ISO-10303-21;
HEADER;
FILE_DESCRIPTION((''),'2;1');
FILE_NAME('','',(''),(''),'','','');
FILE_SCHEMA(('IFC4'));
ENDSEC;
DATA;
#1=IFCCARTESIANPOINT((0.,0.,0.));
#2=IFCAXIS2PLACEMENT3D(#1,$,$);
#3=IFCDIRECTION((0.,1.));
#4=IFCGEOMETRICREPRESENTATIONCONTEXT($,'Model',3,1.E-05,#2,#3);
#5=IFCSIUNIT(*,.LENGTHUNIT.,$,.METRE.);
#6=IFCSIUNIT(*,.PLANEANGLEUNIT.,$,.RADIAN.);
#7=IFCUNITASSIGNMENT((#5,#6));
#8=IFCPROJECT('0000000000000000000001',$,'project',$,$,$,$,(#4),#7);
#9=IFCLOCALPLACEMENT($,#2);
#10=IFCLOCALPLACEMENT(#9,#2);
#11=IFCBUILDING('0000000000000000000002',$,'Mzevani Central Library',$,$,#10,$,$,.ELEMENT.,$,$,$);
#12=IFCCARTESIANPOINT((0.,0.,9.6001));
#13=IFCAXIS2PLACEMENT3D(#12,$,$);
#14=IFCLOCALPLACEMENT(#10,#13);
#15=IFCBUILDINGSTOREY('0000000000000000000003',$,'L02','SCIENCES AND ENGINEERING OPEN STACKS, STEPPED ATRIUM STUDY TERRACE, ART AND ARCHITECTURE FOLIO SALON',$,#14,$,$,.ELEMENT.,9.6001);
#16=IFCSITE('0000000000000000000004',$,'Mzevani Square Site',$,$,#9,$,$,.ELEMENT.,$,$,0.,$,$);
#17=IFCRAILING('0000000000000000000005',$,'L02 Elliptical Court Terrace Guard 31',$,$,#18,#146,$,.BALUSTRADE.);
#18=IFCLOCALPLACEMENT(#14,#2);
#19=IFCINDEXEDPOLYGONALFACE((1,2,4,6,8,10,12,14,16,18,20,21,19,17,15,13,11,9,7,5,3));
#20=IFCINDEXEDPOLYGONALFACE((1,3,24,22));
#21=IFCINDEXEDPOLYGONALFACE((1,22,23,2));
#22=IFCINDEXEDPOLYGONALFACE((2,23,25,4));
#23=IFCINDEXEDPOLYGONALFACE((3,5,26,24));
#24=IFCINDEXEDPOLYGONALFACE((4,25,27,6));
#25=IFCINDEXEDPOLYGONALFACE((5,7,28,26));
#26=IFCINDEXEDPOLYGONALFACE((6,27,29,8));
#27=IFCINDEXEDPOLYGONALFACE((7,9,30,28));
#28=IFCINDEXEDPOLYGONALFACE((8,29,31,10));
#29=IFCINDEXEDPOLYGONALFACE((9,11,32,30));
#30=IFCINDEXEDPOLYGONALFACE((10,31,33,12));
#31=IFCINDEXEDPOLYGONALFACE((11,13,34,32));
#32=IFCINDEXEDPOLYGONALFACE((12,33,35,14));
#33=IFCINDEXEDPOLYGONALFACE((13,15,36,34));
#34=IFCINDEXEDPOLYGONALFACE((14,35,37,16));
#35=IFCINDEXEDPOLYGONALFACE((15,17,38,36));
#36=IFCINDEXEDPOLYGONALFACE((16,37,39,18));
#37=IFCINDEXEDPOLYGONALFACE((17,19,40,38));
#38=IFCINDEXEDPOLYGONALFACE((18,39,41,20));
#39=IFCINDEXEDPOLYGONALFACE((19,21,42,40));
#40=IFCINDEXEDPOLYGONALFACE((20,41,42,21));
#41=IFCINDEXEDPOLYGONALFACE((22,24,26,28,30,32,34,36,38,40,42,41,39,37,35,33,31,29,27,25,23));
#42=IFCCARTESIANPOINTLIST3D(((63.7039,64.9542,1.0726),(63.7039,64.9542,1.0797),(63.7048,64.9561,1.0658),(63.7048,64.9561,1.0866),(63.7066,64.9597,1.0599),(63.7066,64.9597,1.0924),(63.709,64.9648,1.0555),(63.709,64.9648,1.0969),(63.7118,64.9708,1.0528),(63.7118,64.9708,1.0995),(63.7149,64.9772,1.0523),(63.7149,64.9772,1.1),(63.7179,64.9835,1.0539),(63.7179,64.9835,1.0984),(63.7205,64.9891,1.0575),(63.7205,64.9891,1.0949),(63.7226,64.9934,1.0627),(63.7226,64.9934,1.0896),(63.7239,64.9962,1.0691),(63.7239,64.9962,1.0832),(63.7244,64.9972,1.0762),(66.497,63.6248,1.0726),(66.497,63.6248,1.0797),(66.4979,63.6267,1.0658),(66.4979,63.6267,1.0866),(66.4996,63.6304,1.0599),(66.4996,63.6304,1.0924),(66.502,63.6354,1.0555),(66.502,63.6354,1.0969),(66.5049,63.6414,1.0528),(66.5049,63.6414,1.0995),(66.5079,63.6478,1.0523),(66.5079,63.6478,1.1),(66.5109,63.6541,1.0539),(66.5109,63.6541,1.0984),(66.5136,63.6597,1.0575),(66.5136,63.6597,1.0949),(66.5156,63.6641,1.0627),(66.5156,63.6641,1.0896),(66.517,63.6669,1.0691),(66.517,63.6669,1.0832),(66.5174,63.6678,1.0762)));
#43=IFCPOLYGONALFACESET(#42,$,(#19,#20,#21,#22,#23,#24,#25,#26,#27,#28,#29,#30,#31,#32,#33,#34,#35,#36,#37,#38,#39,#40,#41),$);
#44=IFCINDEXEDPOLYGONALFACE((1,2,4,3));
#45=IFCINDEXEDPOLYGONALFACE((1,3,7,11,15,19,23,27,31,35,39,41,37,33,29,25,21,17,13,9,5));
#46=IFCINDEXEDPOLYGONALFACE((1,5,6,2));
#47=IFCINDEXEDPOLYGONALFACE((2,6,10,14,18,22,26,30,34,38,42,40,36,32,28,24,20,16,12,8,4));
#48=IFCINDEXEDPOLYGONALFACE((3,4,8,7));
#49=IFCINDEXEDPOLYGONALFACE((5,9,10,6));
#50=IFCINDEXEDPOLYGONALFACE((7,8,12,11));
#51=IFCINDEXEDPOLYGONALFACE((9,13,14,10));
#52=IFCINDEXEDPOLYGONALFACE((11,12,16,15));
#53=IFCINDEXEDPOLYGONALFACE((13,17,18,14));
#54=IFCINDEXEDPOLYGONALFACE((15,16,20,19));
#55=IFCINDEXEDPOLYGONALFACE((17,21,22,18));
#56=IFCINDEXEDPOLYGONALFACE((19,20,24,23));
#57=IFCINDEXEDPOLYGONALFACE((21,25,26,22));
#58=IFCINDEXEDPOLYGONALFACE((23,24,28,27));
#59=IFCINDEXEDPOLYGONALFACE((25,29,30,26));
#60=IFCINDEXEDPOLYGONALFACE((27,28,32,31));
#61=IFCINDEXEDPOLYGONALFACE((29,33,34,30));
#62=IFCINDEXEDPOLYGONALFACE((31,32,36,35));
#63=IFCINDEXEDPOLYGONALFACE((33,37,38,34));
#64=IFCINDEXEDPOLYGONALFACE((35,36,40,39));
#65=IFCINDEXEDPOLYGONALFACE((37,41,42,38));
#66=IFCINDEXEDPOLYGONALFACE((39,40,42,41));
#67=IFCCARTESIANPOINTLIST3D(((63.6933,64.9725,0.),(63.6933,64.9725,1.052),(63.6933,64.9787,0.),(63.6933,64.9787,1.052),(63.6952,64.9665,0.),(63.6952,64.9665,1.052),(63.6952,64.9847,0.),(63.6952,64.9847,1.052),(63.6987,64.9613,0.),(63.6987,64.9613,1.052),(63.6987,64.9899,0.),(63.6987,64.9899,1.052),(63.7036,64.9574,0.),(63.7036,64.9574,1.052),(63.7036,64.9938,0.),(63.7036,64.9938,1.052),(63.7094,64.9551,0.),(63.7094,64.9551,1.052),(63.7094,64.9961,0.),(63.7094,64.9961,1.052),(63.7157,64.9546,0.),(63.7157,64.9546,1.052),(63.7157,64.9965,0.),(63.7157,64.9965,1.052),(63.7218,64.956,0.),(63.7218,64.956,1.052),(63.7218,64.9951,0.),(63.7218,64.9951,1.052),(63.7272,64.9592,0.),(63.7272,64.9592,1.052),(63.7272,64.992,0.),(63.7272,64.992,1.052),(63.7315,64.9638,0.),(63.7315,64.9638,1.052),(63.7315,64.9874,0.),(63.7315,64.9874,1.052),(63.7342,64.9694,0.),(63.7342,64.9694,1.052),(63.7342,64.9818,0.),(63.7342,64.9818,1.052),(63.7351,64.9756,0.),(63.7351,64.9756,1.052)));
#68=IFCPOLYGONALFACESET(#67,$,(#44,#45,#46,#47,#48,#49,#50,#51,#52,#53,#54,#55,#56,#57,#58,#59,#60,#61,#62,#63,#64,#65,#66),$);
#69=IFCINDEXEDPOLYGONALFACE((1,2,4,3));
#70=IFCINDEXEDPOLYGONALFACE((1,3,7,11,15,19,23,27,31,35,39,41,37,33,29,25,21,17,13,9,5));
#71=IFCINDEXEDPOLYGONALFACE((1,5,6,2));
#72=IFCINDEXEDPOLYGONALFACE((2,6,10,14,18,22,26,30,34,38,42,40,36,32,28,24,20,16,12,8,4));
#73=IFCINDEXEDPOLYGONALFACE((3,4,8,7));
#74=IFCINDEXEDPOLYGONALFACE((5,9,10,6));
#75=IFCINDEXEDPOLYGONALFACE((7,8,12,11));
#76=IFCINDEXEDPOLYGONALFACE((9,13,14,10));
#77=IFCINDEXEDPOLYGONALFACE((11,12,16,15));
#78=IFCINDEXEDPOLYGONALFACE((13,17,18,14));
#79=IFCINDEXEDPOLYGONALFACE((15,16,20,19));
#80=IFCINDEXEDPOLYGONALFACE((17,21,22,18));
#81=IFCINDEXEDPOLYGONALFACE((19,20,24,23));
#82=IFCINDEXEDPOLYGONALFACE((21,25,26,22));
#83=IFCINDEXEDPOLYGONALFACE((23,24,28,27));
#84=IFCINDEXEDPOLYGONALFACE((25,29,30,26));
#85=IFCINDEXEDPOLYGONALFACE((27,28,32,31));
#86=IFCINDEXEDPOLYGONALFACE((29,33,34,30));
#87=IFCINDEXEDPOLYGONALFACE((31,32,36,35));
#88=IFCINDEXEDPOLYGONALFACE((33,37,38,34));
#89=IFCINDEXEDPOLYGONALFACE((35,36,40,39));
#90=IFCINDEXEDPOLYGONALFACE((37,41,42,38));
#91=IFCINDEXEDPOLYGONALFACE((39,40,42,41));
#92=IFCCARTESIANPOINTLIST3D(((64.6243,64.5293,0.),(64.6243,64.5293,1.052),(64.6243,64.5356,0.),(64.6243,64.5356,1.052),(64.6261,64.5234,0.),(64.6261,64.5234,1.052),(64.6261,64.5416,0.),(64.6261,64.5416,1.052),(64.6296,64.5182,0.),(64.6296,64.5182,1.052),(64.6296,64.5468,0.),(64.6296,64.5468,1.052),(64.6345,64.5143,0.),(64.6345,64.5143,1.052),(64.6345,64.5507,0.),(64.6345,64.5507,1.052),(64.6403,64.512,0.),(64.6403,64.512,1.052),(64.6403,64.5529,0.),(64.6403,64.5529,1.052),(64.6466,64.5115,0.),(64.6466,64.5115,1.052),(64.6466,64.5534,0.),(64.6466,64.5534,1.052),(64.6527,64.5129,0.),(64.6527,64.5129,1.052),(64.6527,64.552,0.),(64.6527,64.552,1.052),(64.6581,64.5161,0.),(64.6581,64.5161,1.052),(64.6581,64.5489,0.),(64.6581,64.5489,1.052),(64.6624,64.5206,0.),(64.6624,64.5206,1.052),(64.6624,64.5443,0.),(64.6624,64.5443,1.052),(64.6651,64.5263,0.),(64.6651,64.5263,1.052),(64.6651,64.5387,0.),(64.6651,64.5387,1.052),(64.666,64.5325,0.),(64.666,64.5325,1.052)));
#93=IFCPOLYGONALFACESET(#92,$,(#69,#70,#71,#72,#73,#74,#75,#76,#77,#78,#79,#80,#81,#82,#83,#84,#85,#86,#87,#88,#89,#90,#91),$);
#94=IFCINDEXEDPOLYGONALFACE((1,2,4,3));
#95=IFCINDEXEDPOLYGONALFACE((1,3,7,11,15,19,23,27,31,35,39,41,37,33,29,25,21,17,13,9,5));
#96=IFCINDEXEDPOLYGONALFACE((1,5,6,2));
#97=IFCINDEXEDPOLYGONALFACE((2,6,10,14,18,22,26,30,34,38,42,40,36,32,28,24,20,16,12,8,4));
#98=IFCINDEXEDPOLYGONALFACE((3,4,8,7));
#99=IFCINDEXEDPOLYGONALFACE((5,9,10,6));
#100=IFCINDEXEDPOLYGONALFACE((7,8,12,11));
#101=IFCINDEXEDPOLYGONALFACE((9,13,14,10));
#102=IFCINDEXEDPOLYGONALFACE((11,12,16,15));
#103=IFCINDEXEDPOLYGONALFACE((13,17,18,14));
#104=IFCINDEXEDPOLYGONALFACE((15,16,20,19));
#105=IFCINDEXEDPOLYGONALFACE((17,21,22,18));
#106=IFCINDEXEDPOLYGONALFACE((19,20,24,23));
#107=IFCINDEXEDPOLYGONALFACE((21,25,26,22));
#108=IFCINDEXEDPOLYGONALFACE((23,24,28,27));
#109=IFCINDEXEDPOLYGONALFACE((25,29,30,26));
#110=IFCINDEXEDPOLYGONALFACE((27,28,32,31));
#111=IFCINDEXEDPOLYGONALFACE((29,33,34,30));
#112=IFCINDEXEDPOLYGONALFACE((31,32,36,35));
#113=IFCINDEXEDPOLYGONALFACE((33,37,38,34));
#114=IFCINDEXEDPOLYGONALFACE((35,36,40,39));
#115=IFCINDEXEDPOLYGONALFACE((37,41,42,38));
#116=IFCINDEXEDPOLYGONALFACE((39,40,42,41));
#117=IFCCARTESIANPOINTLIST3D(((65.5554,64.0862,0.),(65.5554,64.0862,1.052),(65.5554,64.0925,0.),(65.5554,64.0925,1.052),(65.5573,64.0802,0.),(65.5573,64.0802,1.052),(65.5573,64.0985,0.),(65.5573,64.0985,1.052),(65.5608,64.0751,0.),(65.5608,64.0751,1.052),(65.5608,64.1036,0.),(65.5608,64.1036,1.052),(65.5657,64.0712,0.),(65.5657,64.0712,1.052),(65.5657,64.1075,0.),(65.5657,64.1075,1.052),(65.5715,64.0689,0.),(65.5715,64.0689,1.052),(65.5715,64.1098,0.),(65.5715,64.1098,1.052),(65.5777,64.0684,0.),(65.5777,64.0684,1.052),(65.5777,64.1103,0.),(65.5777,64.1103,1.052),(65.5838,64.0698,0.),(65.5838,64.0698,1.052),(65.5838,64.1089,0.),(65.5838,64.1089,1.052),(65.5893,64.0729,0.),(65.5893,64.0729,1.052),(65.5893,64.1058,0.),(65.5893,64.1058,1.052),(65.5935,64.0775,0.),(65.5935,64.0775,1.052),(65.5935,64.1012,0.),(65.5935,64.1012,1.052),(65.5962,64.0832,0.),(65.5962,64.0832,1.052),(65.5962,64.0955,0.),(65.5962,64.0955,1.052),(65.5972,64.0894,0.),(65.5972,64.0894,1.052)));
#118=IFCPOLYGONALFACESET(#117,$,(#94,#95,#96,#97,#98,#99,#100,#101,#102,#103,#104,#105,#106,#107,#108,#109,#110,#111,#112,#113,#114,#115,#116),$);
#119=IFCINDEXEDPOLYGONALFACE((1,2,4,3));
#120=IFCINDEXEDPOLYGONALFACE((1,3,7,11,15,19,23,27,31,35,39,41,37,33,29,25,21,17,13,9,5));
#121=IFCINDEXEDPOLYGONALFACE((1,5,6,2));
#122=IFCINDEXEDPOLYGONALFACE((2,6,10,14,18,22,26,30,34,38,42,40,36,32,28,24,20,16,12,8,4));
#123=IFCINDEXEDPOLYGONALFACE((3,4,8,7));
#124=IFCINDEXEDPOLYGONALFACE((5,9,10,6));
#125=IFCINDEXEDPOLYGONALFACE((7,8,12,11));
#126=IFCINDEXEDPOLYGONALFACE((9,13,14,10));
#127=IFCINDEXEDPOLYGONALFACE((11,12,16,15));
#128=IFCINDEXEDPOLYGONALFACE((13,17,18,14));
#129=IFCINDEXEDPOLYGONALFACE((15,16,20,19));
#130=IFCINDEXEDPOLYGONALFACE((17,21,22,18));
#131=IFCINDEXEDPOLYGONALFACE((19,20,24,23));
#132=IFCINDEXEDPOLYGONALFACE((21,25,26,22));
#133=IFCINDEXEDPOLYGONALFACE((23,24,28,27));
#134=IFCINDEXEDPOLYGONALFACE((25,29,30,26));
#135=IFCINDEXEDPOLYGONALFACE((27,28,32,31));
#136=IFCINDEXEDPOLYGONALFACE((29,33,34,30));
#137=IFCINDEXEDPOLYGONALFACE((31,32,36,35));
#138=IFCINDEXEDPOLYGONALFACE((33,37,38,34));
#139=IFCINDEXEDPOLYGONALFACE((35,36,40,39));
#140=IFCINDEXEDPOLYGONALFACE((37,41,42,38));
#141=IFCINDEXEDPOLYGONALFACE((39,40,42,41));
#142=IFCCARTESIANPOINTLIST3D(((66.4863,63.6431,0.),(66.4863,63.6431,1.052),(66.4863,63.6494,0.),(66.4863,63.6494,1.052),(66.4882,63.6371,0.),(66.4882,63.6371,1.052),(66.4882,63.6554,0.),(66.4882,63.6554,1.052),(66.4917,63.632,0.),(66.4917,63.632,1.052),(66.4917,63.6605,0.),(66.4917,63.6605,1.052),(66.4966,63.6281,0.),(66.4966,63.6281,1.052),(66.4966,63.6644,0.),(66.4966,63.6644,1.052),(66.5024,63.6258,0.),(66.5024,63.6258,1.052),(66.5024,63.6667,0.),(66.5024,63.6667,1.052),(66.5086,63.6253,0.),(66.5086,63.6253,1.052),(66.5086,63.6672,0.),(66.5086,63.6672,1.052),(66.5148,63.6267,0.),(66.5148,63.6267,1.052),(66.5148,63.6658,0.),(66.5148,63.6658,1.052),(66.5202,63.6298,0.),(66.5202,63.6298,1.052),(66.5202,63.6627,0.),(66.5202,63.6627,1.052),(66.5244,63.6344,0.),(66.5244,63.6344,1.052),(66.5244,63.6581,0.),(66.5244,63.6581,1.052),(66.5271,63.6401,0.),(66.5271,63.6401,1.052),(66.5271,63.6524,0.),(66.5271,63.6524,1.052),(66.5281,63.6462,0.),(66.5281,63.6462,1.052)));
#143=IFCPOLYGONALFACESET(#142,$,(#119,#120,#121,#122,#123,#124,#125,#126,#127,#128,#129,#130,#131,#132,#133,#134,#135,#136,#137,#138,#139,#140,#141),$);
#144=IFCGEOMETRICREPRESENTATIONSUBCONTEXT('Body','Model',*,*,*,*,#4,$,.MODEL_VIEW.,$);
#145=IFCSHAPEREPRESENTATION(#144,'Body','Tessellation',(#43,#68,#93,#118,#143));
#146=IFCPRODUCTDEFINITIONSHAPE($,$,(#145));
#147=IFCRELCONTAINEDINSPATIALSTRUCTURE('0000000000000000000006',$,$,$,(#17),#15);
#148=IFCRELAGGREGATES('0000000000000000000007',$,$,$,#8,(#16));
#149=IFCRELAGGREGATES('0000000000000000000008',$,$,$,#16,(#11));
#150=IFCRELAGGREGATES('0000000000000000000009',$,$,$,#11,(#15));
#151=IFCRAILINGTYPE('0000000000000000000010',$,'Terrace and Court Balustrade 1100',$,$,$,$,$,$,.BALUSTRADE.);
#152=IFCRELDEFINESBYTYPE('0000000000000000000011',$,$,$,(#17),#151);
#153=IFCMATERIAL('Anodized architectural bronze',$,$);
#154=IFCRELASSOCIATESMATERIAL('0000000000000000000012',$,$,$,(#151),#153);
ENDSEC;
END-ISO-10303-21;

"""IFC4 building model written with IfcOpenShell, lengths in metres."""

from ifc_helpers import new_model, si_unit, direction, frame, origin, origin_2d, place, context, subcontext, project, spatial, circle, extrude, material, type_object, element, save


model = new_model("IFC4")

# Units and contexts
model_context = context("Model", 3, precision=1e-05, world=origin(), true_north=direction((0.0, 1.0)))
body_context = subcontext(model_context, "Body", "Model", "MODEL_VIEW")
ifc_project = project(units=[si_unit("LENGTHUNIT", "METRE"), si_unit("PLANEANGLEUNIT", "RADIAN")], contexts=[model_context])

# Site, building, storey
site_placement = place(None, origin())
site = spatial("IfcSite", under=ifc_project, at=site_placement, Name="Mzevani Square Site", CompositionType="ELEMENT", RefElevation=0.0)
building_placement = place(site_placement, origin())
building = spatial("IfcBuilding", under=site, at=building_placement, Name="Mzevani Central Library", CompositionType="ELEMENT")
storey_placement = place(building_placement, frame((0.0, 0.0, 9.6001)))
storey = spatial("IfcBuildingStorey", under=building, at=storey_placement, Name="L02", Description="SCIENCES AND ENGINEERING OPEN STACKS, STEPPED ATRIUM STUDY TERRACE, ART AND ARCHITECTURE FOLIO SALON", CompositionType="ELEMENT", Elevation=9.6001)

# Railing
ifc_material_1 = material(Name="Anodized architectural bronze")
railing_type = type_object("IfcRailingType", Name="Terrace and Court Balustrade 1100", PredefinedType="BALUSTRADE", material=ifc_material_1)
railing_1_placement = place(storey_placement, frame((63.7141, 64.9756, 0.0)))
element("IfcRailing", 1, at=railing_1_placement, inside=storey, type_object=railing_type, Name="L02 Elliptical Court Terrace Guard 31", PredefinedType="BALUSTRADE", context=body_context, shape_type="SweptSolid", body=[
    extrude(circle(Radius=0.0239, at=origin_2d()), frame((0.0, 0.0, 1.0762), z_axis=(0.902941, -0.429765, 0.0), x_axis=(0.429765, 0.902941, 0.0)), (0.0, 0.0, 1.0), 3.0933),
    extrude(circle(Radius=0.021, at=origin_2d()), origin(), (0.0, 0.0, 1.0), 1.052),
    extrude(circle(Radius=0.021, at=origin_2d()), frame((0.9309, -0.4431, 0.0)), (0.0, 0.0, 1.0), 1.052),
    extrude(circle(Radius=0.021, at=origin_2d()), frame((1.8621, -0.8862, 0.0)), (0.0, 0.0, 1.0), 1.052),
    extrude(circle(Radius=0.021, at=origin_2d()), frame((2.793, -1.3293, 0.0)), (0.0, 0.0, 1.0), 1.052),
])

save(model, "model.ifc")
